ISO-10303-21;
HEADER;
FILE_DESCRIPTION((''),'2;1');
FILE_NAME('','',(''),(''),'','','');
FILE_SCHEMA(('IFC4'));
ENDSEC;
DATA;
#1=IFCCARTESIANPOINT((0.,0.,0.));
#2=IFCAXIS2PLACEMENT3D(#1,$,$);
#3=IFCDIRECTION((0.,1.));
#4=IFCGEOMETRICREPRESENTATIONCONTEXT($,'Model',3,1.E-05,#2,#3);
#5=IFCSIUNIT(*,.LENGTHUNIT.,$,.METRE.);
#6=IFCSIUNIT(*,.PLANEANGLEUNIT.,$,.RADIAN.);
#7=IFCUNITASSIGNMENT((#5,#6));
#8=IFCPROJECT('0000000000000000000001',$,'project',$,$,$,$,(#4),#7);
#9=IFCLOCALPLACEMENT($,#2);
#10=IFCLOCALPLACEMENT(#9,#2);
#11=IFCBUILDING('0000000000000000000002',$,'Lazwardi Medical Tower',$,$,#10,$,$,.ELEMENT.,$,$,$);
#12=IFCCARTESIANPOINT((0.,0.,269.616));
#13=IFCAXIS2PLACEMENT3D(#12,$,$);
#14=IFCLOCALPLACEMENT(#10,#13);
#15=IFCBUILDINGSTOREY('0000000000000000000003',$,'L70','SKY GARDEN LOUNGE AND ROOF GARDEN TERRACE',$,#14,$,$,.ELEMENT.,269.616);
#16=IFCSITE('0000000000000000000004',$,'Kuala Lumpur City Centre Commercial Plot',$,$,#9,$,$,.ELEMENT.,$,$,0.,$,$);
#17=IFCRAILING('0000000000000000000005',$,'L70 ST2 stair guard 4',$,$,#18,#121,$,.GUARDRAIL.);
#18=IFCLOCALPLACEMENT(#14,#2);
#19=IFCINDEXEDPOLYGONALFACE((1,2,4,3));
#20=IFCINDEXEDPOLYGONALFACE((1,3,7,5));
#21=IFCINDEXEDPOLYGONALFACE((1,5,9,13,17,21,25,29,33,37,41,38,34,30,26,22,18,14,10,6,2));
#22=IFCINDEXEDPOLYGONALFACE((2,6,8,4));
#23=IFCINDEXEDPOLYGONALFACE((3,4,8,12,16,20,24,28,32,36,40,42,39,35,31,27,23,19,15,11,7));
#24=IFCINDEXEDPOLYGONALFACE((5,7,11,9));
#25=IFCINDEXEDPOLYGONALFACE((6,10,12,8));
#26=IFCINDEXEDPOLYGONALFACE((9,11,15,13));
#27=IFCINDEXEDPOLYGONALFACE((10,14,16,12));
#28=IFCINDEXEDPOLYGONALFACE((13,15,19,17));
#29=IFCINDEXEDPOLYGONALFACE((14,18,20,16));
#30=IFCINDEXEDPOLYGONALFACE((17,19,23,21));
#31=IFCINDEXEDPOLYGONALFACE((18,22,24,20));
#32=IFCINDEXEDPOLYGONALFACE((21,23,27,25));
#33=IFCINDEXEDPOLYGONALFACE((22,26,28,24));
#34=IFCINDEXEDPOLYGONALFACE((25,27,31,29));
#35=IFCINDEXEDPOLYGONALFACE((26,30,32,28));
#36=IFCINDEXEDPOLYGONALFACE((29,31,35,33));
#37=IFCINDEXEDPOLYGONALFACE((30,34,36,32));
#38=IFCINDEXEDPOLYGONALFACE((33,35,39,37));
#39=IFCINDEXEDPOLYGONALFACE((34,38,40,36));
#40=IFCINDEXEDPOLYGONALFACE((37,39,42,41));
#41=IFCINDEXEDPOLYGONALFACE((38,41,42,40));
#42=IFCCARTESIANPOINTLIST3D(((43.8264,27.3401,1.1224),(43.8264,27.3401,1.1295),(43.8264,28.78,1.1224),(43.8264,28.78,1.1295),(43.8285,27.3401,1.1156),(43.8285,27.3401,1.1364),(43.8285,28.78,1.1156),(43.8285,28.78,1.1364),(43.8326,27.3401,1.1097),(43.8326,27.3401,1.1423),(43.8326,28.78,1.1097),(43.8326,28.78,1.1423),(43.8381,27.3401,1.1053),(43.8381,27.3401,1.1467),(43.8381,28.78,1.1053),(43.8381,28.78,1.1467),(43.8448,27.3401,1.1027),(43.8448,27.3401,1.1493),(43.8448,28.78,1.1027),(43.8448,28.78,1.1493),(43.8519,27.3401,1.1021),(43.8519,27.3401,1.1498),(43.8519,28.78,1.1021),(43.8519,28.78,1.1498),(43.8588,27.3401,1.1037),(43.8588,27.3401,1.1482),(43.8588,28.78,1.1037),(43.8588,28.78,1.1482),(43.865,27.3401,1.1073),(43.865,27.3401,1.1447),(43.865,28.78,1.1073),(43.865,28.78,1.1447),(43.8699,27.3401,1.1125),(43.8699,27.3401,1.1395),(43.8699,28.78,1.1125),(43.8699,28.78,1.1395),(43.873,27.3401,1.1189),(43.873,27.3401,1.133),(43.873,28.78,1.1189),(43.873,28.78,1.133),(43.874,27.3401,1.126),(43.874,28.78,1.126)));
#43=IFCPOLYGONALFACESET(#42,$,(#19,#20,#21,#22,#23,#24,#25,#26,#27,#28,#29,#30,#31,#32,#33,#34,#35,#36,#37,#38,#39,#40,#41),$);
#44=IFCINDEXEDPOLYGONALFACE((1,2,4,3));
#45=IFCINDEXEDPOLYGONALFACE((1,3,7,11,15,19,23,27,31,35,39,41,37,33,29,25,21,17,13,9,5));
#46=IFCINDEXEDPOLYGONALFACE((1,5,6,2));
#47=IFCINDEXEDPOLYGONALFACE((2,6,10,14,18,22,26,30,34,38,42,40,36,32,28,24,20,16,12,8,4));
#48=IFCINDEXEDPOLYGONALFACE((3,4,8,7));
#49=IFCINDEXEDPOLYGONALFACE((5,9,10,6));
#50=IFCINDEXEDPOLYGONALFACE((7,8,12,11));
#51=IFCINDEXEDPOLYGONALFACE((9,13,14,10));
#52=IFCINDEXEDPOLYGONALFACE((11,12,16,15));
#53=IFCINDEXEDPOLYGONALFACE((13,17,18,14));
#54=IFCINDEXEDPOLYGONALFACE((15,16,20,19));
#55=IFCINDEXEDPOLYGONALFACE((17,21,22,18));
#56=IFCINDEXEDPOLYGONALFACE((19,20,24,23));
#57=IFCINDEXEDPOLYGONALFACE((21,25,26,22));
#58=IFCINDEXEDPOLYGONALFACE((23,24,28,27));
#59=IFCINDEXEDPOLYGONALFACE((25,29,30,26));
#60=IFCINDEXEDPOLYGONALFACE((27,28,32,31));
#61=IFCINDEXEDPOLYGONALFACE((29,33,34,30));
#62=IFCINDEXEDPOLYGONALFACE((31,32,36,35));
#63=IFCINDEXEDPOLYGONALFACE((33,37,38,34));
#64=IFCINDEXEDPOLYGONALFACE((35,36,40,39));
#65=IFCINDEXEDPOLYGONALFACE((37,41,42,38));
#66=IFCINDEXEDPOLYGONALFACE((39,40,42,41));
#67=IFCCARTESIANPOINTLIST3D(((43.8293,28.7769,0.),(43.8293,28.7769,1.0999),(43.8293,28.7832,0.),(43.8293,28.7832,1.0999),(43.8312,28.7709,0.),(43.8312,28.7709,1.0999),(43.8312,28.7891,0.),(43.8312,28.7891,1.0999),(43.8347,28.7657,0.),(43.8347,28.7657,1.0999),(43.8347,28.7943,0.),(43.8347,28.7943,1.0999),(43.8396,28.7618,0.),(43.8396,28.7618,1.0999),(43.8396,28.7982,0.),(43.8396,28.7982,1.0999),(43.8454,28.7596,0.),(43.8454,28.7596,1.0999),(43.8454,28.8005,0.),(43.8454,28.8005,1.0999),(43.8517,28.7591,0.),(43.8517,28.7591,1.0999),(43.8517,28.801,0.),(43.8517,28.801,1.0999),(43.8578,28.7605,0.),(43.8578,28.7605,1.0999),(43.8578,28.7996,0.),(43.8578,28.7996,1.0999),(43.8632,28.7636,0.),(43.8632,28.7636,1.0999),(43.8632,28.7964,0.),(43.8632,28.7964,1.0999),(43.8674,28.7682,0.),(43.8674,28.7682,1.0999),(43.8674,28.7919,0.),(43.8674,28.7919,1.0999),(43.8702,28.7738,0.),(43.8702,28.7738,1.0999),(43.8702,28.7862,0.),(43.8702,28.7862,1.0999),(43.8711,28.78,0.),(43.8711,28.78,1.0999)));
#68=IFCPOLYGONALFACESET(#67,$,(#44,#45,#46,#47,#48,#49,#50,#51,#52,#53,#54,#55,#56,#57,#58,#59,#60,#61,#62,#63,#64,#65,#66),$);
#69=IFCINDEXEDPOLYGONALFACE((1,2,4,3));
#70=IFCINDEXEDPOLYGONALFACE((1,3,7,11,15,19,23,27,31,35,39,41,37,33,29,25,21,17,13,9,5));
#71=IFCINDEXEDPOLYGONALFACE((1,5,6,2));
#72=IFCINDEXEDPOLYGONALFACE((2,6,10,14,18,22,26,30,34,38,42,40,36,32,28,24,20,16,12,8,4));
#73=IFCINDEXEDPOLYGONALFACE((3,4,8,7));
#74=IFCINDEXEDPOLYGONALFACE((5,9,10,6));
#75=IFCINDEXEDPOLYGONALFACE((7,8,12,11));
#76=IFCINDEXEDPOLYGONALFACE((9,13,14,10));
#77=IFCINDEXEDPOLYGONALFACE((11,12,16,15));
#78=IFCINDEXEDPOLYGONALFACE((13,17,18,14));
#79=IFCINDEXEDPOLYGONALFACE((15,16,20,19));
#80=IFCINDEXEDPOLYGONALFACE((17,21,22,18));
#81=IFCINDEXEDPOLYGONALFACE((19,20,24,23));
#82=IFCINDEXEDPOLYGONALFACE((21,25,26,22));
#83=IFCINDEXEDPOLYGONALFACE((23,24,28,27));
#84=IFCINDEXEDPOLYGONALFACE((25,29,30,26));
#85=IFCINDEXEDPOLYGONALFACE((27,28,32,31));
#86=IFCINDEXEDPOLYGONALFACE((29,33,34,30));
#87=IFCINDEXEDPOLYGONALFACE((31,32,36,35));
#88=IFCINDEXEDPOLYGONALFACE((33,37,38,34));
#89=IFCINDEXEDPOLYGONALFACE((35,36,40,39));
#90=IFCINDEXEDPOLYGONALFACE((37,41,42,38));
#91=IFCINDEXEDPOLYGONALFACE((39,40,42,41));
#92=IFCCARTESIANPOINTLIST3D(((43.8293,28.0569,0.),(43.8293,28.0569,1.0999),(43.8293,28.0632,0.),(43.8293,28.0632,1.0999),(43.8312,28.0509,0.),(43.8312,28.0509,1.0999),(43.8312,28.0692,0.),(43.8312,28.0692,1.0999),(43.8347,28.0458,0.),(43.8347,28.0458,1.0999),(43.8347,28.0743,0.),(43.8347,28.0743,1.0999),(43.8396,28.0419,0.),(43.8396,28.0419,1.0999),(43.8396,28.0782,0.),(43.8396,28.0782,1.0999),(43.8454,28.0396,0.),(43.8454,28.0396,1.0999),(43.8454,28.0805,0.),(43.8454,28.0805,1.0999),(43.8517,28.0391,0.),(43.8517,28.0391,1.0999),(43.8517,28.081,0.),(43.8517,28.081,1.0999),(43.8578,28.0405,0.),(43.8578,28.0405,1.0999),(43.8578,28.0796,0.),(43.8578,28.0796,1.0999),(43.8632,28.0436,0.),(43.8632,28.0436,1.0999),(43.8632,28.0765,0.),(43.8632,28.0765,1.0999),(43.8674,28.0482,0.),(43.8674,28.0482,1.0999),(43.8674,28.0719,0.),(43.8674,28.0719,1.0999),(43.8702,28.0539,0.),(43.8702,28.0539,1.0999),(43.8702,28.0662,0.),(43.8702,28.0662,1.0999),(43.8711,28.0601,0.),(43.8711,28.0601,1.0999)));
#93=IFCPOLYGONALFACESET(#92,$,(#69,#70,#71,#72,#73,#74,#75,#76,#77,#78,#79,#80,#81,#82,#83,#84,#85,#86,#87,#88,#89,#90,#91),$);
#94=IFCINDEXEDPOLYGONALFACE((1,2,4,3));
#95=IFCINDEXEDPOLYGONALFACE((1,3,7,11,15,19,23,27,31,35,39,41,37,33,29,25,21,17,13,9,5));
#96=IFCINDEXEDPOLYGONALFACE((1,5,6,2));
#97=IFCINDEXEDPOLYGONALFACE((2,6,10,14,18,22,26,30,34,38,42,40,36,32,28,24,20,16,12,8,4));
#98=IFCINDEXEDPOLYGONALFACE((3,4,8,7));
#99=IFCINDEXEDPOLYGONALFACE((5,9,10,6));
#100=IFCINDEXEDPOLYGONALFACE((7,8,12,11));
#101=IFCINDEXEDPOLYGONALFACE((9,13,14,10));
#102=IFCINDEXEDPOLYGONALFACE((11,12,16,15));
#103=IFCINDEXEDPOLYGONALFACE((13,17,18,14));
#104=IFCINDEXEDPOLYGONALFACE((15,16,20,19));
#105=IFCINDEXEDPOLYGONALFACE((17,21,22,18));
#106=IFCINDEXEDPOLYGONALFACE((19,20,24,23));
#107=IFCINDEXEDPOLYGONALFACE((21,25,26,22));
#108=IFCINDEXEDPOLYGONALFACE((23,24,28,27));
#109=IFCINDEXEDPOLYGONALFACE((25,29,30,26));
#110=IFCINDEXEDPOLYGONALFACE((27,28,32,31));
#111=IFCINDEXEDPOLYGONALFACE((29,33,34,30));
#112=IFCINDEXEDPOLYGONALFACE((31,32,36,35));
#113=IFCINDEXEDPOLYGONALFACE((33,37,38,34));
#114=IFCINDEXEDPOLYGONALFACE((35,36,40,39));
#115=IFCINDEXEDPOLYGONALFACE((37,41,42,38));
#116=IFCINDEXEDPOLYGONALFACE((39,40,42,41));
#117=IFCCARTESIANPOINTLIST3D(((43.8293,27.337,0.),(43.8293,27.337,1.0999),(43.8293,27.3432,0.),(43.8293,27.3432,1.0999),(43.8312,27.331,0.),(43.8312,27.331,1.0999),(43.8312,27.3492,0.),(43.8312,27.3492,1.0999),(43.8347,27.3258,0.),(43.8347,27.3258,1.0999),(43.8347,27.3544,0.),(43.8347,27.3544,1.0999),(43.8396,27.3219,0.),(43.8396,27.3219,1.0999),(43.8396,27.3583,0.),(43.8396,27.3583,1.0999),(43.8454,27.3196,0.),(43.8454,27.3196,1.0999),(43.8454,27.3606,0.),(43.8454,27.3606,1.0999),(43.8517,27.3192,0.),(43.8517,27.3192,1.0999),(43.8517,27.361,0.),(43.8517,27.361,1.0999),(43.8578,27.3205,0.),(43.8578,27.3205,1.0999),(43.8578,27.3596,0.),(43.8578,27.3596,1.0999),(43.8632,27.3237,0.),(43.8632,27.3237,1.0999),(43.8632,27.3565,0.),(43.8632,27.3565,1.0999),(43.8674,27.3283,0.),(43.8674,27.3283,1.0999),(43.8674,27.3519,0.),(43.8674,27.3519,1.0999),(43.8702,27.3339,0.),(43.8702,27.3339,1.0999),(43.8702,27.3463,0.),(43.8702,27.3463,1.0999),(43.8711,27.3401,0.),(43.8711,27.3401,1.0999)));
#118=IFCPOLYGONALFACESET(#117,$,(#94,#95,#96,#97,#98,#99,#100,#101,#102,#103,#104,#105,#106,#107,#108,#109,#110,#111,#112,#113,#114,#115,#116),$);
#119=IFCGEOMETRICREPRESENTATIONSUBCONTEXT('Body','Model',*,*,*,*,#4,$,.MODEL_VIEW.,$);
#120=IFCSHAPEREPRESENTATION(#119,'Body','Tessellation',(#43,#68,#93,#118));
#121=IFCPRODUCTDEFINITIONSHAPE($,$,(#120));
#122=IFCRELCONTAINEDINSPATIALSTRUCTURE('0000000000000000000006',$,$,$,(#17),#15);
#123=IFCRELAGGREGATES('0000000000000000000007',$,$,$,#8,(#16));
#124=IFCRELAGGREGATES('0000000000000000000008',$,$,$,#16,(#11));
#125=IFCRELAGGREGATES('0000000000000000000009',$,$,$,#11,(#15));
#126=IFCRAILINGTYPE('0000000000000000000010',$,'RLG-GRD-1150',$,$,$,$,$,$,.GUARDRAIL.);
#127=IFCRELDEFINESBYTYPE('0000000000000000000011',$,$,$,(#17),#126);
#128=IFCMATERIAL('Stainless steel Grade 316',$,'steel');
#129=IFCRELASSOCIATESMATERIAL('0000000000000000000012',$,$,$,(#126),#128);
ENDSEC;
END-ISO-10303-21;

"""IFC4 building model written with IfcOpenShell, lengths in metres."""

from ifc_helpers import new_model, si_unit, direction, frame, origin, origin_2d, place, context, subcontext, project, spatial, circle, extrude, material, type_object, element, save


model = new_model("IFC4")

# Units and contexts
model_context = context("Model", 3, precision=1e-05, world=origin(), true_north=direction((0.0, 1.0)))
body_context = subcontext(model_context, "Body", "Model", "MODEL_VIEW")
ifc_project = project(units=[si_unit("LENGTHUNIT", "METRE"), si_unit("PLANEANGLEUNIT", "RADIAN")], contexts=[model_context])

# Site, building, storey
site_placement = place(None, origin())
site = spatial("IfcSite", under=ifc_project, at=site_placement, Name="Kuala Lumpur City Centre Commercial Plot", CompositionType="ELEMENT", RefElevation=0.0)
building_placement = place(site_placement, origin())
building = spatial("IfcBuilding", under=site, at=building_placement, Name="Lazwardi Medical Tower", CompositionType="ELEMENT")
storey_placement = place(building_placement, frame((0.0, 0.0, 269.616)))
storey = spatial("IfcBuildingStorey", under=building, at=storey_placement, Name="L70", Description="SKY GARDEN LOUNGE AND ROOF GARDEN TERRACE", CompositionType="ELEMENT", Elevation=269.616)

# Railing
ifc_material_1 = material(Name="Stainless steel Grade 316", Category="steel")
railing_type_1 = type_object("IfcRailingType", Name="RLG-GRD-1150", PredefinedType="GUARDRAIL", material=ifc_material_1)
railing_1_placement = place(storey_placement, frame((43.8501, 28.78, 0.0)))
element("IfcRailing", 1, at=railing_1_placement, inside=storey, type_object=railing_type_1, Name="L70 ST2 stair guard 4", PredefinedType="GUARDRAIL", context=body_context, shape_type="SweptSolid", body=[
    extrude(circle(Radius=0.0239, at=origin_2d()), frame((0.0, 0.0, 1.126), z_axis=(0.0, -1.0, 0.0), x_axis=(1.0, 0.0, 0.0)), (0.0, 0.0, 1.0), 1.4399),
    extrude(circle(Radius=0.021, at=origin_2d()), origin(), (0.0, 0.0, 1.0), 1.0999),
    extrude(circle(Radius=0.021, at=origin_2d()), frame((0.0, -0.72, 0.0)), (0.0, 0.0, 1.0), 1.0999),
    extrude(circle(Radius=0.021, at=origin_2d()), frame((0.0, -1.4399, 0.0)), (0.0, 0.0, 1.0), 1.0999),
])

save(model, "model.ifc")
